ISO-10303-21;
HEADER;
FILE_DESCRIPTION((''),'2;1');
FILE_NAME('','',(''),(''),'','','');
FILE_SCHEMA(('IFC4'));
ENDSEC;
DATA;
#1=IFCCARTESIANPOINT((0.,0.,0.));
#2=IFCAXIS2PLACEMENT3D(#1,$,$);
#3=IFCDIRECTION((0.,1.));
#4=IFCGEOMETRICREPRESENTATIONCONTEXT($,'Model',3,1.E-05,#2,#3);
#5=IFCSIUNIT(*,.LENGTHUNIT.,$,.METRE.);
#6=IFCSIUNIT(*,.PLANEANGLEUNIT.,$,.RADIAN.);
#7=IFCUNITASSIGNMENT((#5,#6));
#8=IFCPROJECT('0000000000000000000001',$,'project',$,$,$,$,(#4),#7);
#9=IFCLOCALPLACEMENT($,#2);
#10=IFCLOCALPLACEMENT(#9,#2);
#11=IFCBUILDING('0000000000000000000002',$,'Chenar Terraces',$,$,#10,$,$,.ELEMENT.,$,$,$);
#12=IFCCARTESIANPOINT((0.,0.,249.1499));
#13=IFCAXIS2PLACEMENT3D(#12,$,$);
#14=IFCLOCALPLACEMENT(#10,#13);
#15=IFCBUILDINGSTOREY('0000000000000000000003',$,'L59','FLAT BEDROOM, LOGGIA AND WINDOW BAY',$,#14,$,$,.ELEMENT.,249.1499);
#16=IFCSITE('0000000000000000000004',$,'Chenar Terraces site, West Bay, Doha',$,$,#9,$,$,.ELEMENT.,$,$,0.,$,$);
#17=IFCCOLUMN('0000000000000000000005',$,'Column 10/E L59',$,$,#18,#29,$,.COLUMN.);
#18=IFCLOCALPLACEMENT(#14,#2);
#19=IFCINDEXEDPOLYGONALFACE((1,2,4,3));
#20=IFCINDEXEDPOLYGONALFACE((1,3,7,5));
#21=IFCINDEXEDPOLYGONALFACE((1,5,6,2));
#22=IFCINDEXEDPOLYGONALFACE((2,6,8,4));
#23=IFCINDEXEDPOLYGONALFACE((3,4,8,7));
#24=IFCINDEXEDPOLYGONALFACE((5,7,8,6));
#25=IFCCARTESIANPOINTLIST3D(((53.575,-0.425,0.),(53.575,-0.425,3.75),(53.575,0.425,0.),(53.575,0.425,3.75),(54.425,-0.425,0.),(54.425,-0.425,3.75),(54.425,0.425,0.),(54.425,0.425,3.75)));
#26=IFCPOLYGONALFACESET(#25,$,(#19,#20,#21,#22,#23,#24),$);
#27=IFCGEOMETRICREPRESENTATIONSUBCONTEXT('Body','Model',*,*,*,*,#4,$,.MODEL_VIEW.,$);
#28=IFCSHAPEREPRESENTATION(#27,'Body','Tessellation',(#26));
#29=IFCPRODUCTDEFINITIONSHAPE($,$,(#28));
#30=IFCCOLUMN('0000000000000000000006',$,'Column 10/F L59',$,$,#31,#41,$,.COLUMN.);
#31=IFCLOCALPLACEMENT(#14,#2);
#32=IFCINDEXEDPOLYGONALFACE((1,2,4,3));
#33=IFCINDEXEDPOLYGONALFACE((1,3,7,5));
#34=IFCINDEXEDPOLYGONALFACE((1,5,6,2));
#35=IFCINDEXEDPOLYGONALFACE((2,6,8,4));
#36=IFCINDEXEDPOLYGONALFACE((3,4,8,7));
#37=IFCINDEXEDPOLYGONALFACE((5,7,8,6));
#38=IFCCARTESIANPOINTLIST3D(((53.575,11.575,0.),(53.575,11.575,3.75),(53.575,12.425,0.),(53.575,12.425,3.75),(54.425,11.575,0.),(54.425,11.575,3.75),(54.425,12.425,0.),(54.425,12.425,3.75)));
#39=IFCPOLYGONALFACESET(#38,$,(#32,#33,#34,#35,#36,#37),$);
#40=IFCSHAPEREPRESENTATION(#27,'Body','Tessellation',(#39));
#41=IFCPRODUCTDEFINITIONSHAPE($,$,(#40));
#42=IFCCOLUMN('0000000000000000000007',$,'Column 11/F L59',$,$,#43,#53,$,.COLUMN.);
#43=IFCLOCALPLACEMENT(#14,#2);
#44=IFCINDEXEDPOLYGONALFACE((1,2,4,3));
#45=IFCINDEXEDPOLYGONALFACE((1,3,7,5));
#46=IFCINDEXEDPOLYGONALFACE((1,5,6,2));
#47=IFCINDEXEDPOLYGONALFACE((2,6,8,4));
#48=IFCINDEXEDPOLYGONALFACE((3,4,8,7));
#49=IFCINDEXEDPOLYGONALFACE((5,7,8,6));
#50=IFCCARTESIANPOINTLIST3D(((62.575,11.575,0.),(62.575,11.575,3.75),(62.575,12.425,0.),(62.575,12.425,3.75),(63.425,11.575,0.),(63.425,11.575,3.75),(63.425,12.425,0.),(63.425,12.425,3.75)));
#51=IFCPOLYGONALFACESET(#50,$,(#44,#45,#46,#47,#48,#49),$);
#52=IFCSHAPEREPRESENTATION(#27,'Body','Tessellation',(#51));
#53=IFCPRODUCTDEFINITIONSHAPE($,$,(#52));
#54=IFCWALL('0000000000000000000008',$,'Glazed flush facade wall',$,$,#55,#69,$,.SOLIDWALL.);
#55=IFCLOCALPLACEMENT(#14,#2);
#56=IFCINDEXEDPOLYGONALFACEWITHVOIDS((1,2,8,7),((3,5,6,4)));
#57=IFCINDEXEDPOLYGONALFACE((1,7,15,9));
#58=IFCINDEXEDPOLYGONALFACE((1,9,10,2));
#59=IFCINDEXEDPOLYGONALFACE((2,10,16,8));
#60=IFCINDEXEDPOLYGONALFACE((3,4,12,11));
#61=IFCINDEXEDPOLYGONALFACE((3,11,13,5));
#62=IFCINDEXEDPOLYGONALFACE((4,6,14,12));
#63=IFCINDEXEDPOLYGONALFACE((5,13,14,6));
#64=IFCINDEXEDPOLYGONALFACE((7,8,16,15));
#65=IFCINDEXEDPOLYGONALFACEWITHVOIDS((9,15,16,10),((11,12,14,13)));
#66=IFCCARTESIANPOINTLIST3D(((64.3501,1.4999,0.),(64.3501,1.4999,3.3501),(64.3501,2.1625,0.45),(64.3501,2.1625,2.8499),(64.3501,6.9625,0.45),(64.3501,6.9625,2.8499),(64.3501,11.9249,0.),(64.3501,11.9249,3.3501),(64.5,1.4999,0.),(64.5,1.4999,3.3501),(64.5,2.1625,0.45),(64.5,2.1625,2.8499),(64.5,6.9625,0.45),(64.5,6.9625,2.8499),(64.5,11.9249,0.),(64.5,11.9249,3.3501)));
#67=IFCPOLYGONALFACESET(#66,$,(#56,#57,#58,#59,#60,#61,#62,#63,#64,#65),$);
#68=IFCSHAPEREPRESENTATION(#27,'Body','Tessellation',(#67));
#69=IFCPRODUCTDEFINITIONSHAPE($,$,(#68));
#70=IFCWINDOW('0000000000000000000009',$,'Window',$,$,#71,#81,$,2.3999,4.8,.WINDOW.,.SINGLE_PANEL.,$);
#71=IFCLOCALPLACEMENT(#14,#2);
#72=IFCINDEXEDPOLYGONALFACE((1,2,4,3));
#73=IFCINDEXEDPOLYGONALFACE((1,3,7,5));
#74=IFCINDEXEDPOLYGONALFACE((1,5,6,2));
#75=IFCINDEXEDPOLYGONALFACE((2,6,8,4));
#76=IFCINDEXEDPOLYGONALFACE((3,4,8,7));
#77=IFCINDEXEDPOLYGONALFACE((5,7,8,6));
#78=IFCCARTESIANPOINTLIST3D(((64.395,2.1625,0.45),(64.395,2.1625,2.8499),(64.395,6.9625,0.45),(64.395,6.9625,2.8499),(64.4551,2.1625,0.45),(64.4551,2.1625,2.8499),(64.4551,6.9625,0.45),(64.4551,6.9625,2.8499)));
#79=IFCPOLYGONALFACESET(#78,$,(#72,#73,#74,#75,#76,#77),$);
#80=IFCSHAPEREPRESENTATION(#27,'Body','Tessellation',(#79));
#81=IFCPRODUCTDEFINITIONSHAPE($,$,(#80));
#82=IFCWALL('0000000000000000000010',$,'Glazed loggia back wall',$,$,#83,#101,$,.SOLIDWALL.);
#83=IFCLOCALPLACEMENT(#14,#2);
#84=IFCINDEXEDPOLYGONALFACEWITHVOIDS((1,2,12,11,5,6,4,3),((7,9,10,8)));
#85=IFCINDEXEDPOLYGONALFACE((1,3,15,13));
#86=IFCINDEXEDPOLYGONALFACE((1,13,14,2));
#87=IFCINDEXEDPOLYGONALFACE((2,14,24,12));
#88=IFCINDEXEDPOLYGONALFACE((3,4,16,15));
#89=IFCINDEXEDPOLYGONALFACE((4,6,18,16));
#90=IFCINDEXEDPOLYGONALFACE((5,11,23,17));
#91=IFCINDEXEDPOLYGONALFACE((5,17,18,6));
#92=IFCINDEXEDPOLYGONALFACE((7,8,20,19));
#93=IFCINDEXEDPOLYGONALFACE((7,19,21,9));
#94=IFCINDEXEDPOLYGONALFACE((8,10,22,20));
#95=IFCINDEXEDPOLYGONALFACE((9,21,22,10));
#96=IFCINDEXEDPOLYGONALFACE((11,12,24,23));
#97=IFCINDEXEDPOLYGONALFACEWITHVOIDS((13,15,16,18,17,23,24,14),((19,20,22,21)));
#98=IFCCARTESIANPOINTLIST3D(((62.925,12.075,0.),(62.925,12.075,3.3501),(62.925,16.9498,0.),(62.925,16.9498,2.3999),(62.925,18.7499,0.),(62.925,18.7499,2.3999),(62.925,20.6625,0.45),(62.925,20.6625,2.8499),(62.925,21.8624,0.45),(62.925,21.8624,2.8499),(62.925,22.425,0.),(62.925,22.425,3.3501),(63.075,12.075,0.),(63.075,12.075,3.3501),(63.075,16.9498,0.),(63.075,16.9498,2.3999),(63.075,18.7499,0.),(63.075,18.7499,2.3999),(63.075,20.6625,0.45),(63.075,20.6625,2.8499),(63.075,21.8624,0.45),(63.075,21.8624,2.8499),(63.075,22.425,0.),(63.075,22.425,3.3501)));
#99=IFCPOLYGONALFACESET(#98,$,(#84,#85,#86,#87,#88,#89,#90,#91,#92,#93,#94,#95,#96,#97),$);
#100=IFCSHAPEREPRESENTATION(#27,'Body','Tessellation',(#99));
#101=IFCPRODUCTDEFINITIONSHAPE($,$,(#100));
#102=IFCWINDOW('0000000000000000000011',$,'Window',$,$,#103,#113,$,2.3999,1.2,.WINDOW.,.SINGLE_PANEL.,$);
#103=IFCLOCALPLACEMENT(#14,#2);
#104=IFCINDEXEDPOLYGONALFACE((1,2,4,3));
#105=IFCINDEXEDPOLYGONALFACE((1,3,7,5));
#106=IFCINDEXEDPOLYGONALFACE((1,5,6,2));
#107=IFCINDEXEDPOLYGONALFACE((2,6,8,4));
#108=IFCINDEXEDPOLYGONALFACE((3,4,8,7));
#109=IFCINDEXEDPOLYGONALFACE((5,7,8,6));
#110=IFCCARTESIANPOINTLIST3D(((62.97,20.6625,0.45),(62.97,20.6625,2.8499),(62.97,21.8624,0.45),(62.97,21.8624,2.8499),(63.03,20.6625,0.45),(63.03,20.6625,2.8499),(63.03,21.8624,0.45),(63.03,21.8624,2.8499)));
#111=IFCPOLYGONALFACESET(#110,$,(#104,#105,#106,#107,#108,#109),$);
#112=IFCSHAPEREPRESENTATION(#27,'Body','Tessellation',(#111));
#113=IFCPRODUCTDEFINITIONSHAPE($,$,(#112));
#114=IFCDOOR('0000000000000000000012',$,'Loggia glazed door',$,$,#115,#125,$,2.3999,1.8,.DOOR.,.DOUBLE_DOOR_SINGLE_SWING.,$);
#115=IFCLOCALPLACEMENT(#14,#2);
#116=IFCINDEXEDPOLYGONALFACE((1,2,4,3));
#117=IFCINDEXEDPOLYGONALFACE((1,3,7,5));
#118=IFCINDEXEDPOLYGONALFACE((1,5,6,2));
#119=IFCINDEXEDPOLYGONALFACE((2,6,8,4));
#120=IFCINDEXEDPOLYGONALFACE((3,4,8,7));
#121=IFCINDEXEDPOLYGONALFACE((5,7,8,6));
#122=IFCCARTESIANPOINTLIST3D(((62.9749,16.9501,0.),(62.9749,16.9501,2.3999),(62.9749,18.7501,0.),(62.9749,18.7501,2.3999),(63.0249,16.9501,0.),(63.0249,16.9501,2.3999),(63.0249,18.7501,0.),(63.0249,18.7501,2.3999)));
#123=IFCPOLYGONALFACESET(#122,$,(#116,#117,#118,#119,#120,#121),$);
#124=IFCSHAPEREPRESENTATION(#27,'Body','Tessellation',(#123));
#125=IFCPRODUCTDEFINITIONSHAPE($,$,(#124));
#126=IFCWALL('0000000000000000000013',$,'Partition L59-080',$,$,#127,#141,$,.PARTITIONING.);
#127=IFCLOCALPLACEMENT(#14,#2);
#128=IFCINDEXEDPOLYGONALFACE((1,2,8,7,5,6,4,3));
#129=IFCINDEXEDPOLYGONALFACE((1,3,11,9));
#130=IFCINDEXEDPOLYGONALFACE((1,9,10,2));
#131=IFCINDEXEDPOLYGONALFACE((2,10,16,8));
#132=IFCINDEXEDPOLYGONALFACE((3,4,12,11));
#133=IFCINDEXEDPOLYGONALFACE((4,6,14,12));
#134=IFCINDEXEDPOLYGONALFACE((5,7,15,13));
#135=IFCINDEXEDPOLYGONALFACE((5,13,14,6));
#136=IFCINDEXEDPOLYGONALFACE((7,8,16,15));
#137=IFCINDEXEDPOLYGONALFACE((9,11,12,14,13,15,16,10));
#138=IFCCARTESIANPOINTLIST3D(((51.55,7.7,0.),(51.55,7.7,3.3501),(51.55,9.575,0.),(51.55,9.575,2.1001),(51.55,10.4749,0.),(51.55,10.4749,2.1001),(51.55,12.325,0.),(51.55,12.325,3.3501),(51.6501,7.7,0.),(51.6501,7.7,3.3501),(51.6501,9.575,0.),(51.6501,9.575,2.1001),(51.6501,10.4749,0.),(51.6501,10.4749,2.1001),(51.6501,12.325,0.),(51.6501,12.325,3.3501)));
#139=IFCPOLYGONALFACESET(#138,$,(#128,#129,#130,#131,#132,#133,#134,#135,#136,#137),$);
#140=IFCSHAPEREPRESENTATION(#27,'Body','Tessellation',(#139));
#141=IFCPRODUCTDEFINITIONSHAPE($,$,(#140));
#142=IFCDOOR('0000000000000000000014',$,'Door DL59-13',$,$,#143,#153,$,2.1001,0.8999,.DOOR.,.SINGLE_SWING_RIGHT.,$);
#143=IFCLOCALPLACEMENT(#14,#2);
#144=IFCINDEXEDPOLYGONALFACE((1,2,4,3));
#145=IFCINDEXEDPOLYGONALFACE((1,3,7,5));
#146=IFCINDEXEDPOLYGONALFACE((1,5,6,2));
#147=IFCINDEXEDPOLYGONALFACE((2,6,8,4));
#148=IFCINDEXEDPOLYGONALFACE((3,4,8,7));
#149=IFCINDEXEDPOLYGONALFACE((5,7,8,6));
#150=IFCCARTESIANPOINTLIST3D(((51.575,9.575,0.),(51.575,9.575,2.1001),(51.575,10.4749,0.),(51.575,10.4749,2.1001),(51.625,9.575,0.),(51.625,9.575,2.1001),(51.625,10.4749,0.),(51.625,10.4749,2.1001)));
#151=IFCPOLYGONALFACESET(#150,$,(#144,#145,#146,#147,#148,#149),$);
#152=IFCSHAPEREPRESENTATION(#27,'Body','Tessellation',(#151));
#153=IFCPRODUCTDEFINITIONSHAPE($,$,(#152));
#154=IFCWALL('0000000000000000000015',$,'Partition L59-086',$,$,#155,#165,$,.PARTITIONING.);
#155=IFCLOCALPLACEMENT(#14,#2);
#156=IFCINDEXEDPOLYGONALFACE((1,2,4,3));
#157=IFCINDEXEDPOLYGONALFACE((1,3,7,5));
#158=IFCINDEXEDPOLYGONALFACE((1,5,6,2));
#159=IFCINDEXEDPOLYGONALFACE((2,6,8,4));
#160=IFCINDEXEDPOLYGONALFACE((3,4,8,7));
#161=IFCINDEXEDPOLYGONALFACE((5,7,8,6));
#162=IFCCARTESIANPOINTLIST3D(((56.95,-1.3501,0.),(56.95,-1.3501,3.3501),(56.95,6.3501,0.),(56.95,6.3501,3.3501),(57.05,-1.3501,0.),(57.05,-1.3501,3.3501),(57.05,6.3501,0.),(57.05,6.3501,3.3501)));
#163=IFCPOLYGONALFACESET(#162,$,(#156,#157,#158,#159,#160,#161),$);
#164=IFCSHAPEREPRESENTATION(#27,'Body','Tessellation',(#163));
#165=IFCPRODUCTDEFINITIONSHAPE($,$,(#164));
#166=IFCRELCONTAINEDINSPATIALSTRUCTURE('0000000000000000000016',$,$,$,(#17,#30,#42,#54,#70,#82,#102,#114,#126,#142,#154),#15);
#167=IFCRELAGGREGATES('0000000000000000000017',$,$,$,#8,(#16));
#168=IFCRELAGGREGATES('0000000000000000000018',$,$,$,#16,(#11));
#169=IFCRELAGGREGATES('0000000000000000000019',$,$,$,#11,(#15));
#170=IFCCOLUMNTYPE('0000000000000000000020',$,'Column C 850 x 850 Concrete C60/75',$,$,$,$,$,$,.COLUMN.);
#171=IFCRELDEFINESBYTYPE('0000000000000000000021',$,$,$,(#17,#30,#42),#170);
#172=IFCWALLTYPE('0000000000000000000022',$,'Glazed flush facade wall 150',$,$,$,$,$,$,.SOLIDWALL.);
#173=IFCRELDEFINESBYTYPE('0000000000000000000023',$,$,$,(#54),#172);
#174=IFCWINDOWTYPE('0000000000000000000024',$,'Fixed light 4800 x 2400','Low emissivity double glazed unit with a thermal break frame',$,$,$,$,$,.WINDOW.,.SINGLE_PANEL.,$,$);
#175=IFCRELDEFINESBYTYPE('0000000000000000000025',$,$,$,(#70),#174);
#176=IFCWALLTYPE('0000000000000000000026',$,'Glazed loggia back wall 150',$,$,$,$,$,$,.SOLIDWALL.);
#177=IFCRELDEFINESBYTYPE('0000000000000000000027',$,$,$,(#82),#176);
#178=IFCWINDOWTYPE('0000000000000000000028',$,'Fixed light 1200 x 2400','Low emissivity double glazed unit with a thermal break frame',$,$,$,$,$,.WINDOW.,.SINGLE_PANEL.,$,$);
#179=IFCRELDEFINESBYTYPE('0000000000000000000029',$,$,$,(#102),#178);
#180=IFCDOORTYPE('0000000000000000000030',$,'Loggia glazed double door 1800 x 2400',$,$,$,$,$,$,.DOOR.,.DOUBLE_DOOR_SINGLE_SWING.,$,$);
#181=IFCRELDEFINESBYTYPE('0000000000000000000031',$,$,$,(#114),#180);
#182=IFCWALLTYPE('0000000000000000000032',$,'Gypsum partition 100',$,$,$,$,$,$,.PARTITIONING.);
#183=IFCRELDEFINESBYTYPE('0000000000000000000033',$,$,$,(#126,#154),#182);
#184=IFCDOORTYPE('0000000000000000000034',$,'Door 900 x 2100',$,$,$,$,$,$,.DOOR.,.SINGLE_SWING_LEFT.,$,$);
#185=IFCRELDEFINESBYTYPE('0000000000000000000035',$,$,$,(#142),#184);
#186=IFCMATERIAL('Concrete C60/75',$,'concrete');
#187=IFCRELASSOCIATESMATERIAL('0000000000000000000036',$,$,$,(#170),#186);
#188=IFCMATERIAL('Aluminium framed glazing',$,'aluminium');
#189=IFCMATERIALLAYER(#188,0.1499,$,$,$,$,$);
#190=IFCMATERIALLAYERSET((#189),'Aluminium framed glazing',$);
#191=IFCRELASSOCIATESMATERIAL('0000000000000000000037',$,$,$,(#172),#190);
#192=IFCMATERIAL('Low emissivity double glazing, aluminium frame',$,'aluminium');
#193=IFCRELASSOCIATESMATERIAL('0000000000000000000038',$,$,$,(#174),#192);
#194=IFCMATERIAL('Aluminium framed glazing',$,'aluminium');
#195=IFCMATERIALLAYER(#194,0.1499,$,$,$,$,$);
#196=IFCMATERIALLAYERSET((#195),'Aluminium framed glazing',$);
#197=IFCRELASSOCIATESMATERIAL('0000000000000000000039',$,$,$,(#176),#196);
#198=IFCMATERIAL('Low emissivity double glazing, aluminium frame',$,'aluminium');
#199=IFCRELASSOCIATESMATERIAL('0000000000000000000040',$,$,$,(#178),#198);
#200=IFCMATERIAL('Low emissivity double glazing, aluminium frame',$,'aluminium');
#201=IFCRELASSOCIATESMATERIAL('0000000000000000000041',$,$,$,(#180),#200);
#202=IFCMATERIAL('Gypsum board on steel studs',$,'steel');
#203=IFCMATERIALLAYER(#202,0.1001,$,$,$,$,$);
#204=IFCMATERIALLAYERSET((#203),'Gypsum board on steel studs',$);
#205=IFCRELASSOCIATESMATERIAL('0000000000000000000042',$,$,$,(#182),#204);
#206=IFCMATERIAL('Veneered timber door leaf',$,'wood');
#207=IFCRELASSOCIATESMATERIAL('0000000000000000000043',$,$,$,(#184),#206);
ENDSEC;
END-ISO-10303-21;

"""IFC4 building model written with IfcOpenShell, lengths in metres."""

from ifc_helpers import new_model, si_unit, direction, frame, frame_2d, origin, origin_2d, place, context, subcontext, project, spatial, rectangle, extrude, material, layer, layer_set, material_profile, profile_set, type_object, element, fill, save


model = new_model("IFC4")

# Units and contexts
model_context = context("Model", 3, precision=1e-05, world=origin(), true_north=direction((0.0, 1.0)))
body_context = subcontext(model_context, "Body", "Model", "MODEL_VIEW")
ifc_project = project(units=[si_unit("LENGTHUNIT", "METRE"), si_unit("PLANEANGLEUNIT", "RADIAN")], contexts=[model_context])

# Site, building, storey
site_placement = place(None, origin())
site = spatial("IfcSite", under=ifc_project, at=site_placement, Name="Chenar Terraces site, West Bay, Doha", CompositionType="ELEMENT", RefElevation=0.0)
building_placement = place(site_placement, origin())
building = spatial("IfcBuilding", under=site, at=building_placement, Name="Chenar Terraces", CompositionType="ELEMENT")
storey_placement = place(building_placement, frame((0.0, 0.0, 249.1499)))
storey = spatial("IfcBuildingStorey", under=building, at=storey_placement, Name="L59", Description="FLAT BEDROOM, LOGGIA AND WINDOW BAY", CompositionType="ELEMENT", Elevation=249.1499)

# Columns
ifc_material_1 = material(Name="Concrete C60/75", Category="concrete")
ifc_material_profile = material_profile(ifc_material_1, rectangle(XDim=0.8501, YDim=0.8501, at=origin_2d()), Name="C 850 x 850")
ifc_profile_set = profile_set([ifc_material_profile], Name="Concrete C60/75")
column_type = type_object("IfcColumnType", Name="Column C 850 x 850 Concrete C60/75", PredefinedType="COLUMN", material=ifc_profile_set)
for number, where, z_axis, x_axis, name in (
    (1, (54.0, 0.0, 0.0), (0.0, 0.0, 1.0), (1.0, 0.0, 0.0), "Column 10/E L59"),
    (2, (54.0, 12.0, 0.0), (0.0, 0.0, 1.0), (1.0, 0.0, 0.0), "Column 10/F L59"),
    (3, (63.0, 12.0, 0.0), (0.0, 0.0, 1.0), (1.0, 0.0, 0.0), "Column 11/F L59"),
):
    element("IfcColumn", number, at=place(storey_placement, frame(where, z_axis=z_axis, x_axis=x_axis)), inside=storey, type_object=column_type, Name=name, PredefinedType="COLUMN", context=body_context, shape_type="SweptSolid", body=[
        extrude(rectangle(XDim=0.8501, YDim=0.8501, at=origin_2d()), origin(), (0.0, 0.0, 1.0), 3.75),
    ])

# Wall, opening, window
ifc_material_2 = material(Name="Aluminium framed glazing", Category="aluminium")
ifc_layer_1 = layer(ifc_material_2, 0.1499)
ifc_layer_set_1 = layer_set([ifc_layer_1], Name="Aluminium framed glazing")
wall_type_1 = type_object("IfcWallType", Name="Glazed flush facade wall 150", PredefinedType="SOLIDWALL", material=ifc_layer_set_1)
wall_1_placement = place(storey_placement, frame((64.425, 1.5, 0.0), z_axis=(0.0, 0.0, 1.0), x_axis=(0.0, 1.0, 0.0)))
wall_1 = element("IfcWall", 4, at=wall_1_placement, inside=storey, type_object=wall_type_1, Name="Glazed flush facade wall", PredefinedType="SOLIDWALL", context=body_context, shape_type="SweptSolid", body=[
    extrude(rectangle(XDim=10.425, YDim=0.1499, at=frame_2d((5.2124, 0.0))), origin(), (0.0, 0.0, 1.0), 3.3501),
])
opening_1_placement = place(wall_1_placement, frame((0.6626, 0.0, 0.45)))
opening_1 = element("IfcOpeningElement", 5, at=opening_1_placement, cuts=wall_1, PredefinedType="OPENING", context=body_context, shape_type="SweptSolid", body=[
    extrude(rectangle(XDim=4.8, YDim=2.3999, at=frame_2d((2.3999, 1.2))), frame((0.0, 0.085, 0.0), z_axis=(0.0, -1.0, 0.0), x_axis=(1.0, 0.0, 0.0)), (0.0, 0.0, 1.0), 0.1699),
])
ifc_material_3 = material(Name="Low emissivity double glazing, aluminium frame", Category="aluminium")
window_type_1 = type_object("IfcWindowType", Name="Fixed light 4800 x 2400", Description="Low emissivity double glazed unit with a thermal break frame", PartitioningType="SINGLE_PANEL", PredefinedType="WINDOW", material=ifc_material_3)
window_1_placement = place(opening_1_placement, origin())
window_1 = element("IfcWindow", 6, at=window_1_placement, inside=storey, type_object=window_type_1, Name="Window", OverallHeight=2.3999, OverallWidth=4.8, PartitioningType="SINGLE_PANEL", PredefinedType="WINDOW", context=body_context, shape_type="SweptSolid", body=[
    extrude(rectangle(XDim=4.8, YDim=2.3999, at=frame_2d((2.3999, 1.2))), frame((0.0, 0.03, 0.0), z_axis=(0.0, -1.0, 0.0), x_axis=(1.0, 0.0, 0.0)), (0.0, 0.0, 1.0), 0.0601),
])
fill(opening_1, window_1)

# Wall, openings, window, door
ifc_material_4 = material(Name="Aluminium framed glazing", Category="aluminium")
ifc_layer_2 = layer(ifc_material_4, 0.1499)
ifc_layer_set_2 = layer_set([ifc_layer_2], Name="Aluminium framed glazing")
wall_type_2 = type_object("IfcWallType", Name="Glazed loggia back wall 150", PredefinedType="SOLIDWALL", material=ifc_layer_set_2)
wall_2_placement = place(storey_placement, frame((63.0, 12.075, 0.0), z_axis=(0.0, 0.0, 1.0), x_axis=(0.0, 1.0, 0.0)))
wall_2 = element("IfcWall", 7, at=wall_2_placement, inside=storey, type_object=wall_type_2, Name="Glazed loggia back wall", PredefinedType="SOLIDWALL", context=body_context, shape_type="SweptSolid", body=[
    extrude(rectangle(XDim=10.3501, YDim=0.1499, at=frame_2d((5.175, 0.0))), origin(), (0.0, 0.0, 1.0), 3.3501),
])
opening_2_placement = place(wall_2_placement, frame((4.875, 0.0, 0.0)))
opening_2 = element("IfcOpeningElement", 8, at=opening_2_placement, cuts=wall_2, PredefinedType="OPENING", context=body_context, shape_type="SweptSolid", body=[
    extrude(rectangle(XDim=1.8, YDim=2.3999, at=frame_2d((0.8999, 1.2))), frame((0.0, 0.085, 0.0), z_axis=(0.0, -1.0, 0.0), x_axis=(1.0, 0.0, 0.0)), (0.0, 0.0, 1.0), 0.1699),
])
opening_3_placement = place(wall_2_placement, frame((8.5874, 0.0, 0.45)))
opening_3 = element("IfcOpeningElement", 9, at=opening_3_placement, cuts=wall_2, PredefinedType="OPENING", context=body_context, shape_type="SweptSolid", body=[
    extrude(rectangle(XDim=1.2, YDim=2.3999, at=frame_2d((0.6001, 1.2))), frame((0.0, 0.085, 0.0), z_axis=(0.0, -1.0, 0.0), x_axis=(1.0, 0.0, 0.0)), (0.0, 0.0, 1.0), 0.1699),
])
ifc_material_5 = material(Name="Low emissivity double glazing, aluminium frame", Category="aluminium")
window_type_2 = type_object("IfcWindowType", Name="Fixed light 1200 x 2400", Description="Low emissivity double glazed unit with a thermal break frame", PartitioningType="SINGLE_PANEL", PredefinedType="WINDOW", material=ifc_material_5)
window_2_placement = place(opening_3_placement, origin())
window_2 = element("IfcWindow", 10, at=window_2_placement, inside=storey, type_object=window_type_2, Name="Window", OverallHeight=2.3999, OverallWidth=1.2, PartitioningType="SINGLE_PANEL", PredefinedType="WINDOW", context=body_context, shape_type="SweptSolid", body=[
    extrude(rectangle(XDim=1.2, YDim=2.3999, at=frame_2d((0.6001, 1.2))), frame((0.0, 0.03, 0.0), z_axis=(0.0, -1.0, 0.0), x_axis=(1.0, 0.0, 0.0)), (0.0, 0.0, 1.0), 0.0601),
])
fill(opening_3, window_2)
ifc_material_6 = material(Name="Low emissivity double glazing, aluminium frame", Category="aluminium")
door_type_1 = type_object("IfcDoorType", Name="Loggia glazed double door 1800 x 2400", OperationType="DOUBLE_DOOR_SINGLE_SWING", PredefinedType="DOOR", material=ifc_material_6)
door_1_placement = place(opening_2_placement, frame((1.8, 0.0, 0.0), z_axis=(0.0, 0.0, 1.0), x_axis=(-1.0, 0.0, 0.0)))
door_1 = element("IfcDoor", 11, at=door_1_placement, inside=storey, type_object=door_type_1, Name="Loggia glazed door", OperationType="DOUBLE_DOOR_SINGLE_SWING", OverallHeight=2.3999, OverallWidth=1.8, PredefinedType="DOOR", context=body_context, shape_type="SweptSolid", body=[
    extrude(rectangle(XDim=1.8, YDim=2.3999, at=frame_2d((0.8999, 1.2))), frame((0.0, 0.0249, 0.0), z_axis=(0.0, -1.0, 0.0), x_axis=(1.0, 0.0, 0.0)), (0.0, 0.0, 1.0), 0.05),
])
fill(opening_2, door_1)

# Wall, opening, door
ifc_material_7 = material(Name="Gypsum board on steel studs", Category="steel")
ifc_layer_3 = layer(ifc_material_7, 0.1001)
ifc_layer_set_3 = layer_set([ifc_layer_3], Name="Gypsum board on steel studs")
wall_type_3 = type_object("IfcWallType", Name="Gypsum partition 100", PredefinedType="PARTITIONING", material=ifc_layer_set_3)
wall_3_placement = place(storey_placement, frame((51.6001, 7.7, 0.0), z_axis=(0.0, 0.0, 1.0), x_axis=(0.0, 1.0, 0.0)))
wall_3 = element("IfcWall", 12, at=wall_3_placement, inside=storey, type_object=wall_type_3, Name="Partition L59-080", PredefinedType="PARTITIONING", context=body_context, shape_type="SweptSolid", body=[
    extrude(rectangle(XDim=4.625, YDim=0.1001, at=frame_2d((2.3125, 0.0))), origin(), (0.0, 0.0, 1.0), 3.3501),
])
opening_4_placement = place(wall_3_placement, frame((1.875, 0.0, 0.0)))
opening_4 = element("IfcOpeningElement", 13, at=opening_4_placement, cuts=wall_3, PredefinedType="OPENING", context=body_context, shape_type="SweptSolid", body=[
    extrude(rectangle(XDim=0.8999, YDim=2.1001, at=frame_2d((0.45, 1.05))), frame((0.0, 0.0601, 0.0), z_axis=(0.0, -1.0, 0.0), x_axis=(1.0, 0.0, 0.0)), (0.0, 0.0, 1.0), 0.1201),
])
ifc_material_8 = material(Name="Veneered timber door leaf", Category="wood")
door_type_2 = type_object("IfcDoorType", Name="Door 900 x 2100", OperationType="SINGLE_SWING_LEFT", PredefinedType="DOOR", material=ifc_material_8)
door_2_placement = place(opening_4_placement, frame((0.8999, 0.0, 0.0), z_axis=(0.0, 0.0, 1.0), x_axis=(-1.0, 0.0, 0.0)))
door_2 = element("IfcDoor", 14, at=door_2_placement, inside=storey, type_object=door_type_2, Name="Door DL59-13", OperationType="SINGLE_SWING_RIGHT", OverallHeight=2.1001, OverallWidth=0.8999, PredefinedType="DOOR", context=body_context, shape_type="SweptSolid", body=[
    extrude(rectangle(XDim=0.8999, YDim=2.1001, at=frame_2d((0.45, 1.05))), frame((0.0, 0.0249, 0.0), z_axis=(0.0, -1.0, 0.0), x_axis=(1.0, 0.0, 0.0)), (0.0, 0.0, 1.0), 0.05),
])
fill(opening_4, door_2)

# Wall
wall_4_placement = place(storey_placement, frame((57.0, -1.3501, 0.0), z_axis=(0.0, 0.0, 1.0), x_axis=(0.0, 1.0, 0.0)))
element("IfcWall", 15, at=wall_4_placement, inside=storey, type_object=wall_type_3, Name="Partition L59-086", PredefinedType="PARTITIONING", context=body_context, shape_type="SweptSolid", body=[
    extrude(rectangle(XDim=7.7002, YDim=0.1001, at=frame_2d((3.8501, 0.0))), origin(), (0.0, 0.0, 1.0), 3.3501),
])

save(model, "model.ifc")
